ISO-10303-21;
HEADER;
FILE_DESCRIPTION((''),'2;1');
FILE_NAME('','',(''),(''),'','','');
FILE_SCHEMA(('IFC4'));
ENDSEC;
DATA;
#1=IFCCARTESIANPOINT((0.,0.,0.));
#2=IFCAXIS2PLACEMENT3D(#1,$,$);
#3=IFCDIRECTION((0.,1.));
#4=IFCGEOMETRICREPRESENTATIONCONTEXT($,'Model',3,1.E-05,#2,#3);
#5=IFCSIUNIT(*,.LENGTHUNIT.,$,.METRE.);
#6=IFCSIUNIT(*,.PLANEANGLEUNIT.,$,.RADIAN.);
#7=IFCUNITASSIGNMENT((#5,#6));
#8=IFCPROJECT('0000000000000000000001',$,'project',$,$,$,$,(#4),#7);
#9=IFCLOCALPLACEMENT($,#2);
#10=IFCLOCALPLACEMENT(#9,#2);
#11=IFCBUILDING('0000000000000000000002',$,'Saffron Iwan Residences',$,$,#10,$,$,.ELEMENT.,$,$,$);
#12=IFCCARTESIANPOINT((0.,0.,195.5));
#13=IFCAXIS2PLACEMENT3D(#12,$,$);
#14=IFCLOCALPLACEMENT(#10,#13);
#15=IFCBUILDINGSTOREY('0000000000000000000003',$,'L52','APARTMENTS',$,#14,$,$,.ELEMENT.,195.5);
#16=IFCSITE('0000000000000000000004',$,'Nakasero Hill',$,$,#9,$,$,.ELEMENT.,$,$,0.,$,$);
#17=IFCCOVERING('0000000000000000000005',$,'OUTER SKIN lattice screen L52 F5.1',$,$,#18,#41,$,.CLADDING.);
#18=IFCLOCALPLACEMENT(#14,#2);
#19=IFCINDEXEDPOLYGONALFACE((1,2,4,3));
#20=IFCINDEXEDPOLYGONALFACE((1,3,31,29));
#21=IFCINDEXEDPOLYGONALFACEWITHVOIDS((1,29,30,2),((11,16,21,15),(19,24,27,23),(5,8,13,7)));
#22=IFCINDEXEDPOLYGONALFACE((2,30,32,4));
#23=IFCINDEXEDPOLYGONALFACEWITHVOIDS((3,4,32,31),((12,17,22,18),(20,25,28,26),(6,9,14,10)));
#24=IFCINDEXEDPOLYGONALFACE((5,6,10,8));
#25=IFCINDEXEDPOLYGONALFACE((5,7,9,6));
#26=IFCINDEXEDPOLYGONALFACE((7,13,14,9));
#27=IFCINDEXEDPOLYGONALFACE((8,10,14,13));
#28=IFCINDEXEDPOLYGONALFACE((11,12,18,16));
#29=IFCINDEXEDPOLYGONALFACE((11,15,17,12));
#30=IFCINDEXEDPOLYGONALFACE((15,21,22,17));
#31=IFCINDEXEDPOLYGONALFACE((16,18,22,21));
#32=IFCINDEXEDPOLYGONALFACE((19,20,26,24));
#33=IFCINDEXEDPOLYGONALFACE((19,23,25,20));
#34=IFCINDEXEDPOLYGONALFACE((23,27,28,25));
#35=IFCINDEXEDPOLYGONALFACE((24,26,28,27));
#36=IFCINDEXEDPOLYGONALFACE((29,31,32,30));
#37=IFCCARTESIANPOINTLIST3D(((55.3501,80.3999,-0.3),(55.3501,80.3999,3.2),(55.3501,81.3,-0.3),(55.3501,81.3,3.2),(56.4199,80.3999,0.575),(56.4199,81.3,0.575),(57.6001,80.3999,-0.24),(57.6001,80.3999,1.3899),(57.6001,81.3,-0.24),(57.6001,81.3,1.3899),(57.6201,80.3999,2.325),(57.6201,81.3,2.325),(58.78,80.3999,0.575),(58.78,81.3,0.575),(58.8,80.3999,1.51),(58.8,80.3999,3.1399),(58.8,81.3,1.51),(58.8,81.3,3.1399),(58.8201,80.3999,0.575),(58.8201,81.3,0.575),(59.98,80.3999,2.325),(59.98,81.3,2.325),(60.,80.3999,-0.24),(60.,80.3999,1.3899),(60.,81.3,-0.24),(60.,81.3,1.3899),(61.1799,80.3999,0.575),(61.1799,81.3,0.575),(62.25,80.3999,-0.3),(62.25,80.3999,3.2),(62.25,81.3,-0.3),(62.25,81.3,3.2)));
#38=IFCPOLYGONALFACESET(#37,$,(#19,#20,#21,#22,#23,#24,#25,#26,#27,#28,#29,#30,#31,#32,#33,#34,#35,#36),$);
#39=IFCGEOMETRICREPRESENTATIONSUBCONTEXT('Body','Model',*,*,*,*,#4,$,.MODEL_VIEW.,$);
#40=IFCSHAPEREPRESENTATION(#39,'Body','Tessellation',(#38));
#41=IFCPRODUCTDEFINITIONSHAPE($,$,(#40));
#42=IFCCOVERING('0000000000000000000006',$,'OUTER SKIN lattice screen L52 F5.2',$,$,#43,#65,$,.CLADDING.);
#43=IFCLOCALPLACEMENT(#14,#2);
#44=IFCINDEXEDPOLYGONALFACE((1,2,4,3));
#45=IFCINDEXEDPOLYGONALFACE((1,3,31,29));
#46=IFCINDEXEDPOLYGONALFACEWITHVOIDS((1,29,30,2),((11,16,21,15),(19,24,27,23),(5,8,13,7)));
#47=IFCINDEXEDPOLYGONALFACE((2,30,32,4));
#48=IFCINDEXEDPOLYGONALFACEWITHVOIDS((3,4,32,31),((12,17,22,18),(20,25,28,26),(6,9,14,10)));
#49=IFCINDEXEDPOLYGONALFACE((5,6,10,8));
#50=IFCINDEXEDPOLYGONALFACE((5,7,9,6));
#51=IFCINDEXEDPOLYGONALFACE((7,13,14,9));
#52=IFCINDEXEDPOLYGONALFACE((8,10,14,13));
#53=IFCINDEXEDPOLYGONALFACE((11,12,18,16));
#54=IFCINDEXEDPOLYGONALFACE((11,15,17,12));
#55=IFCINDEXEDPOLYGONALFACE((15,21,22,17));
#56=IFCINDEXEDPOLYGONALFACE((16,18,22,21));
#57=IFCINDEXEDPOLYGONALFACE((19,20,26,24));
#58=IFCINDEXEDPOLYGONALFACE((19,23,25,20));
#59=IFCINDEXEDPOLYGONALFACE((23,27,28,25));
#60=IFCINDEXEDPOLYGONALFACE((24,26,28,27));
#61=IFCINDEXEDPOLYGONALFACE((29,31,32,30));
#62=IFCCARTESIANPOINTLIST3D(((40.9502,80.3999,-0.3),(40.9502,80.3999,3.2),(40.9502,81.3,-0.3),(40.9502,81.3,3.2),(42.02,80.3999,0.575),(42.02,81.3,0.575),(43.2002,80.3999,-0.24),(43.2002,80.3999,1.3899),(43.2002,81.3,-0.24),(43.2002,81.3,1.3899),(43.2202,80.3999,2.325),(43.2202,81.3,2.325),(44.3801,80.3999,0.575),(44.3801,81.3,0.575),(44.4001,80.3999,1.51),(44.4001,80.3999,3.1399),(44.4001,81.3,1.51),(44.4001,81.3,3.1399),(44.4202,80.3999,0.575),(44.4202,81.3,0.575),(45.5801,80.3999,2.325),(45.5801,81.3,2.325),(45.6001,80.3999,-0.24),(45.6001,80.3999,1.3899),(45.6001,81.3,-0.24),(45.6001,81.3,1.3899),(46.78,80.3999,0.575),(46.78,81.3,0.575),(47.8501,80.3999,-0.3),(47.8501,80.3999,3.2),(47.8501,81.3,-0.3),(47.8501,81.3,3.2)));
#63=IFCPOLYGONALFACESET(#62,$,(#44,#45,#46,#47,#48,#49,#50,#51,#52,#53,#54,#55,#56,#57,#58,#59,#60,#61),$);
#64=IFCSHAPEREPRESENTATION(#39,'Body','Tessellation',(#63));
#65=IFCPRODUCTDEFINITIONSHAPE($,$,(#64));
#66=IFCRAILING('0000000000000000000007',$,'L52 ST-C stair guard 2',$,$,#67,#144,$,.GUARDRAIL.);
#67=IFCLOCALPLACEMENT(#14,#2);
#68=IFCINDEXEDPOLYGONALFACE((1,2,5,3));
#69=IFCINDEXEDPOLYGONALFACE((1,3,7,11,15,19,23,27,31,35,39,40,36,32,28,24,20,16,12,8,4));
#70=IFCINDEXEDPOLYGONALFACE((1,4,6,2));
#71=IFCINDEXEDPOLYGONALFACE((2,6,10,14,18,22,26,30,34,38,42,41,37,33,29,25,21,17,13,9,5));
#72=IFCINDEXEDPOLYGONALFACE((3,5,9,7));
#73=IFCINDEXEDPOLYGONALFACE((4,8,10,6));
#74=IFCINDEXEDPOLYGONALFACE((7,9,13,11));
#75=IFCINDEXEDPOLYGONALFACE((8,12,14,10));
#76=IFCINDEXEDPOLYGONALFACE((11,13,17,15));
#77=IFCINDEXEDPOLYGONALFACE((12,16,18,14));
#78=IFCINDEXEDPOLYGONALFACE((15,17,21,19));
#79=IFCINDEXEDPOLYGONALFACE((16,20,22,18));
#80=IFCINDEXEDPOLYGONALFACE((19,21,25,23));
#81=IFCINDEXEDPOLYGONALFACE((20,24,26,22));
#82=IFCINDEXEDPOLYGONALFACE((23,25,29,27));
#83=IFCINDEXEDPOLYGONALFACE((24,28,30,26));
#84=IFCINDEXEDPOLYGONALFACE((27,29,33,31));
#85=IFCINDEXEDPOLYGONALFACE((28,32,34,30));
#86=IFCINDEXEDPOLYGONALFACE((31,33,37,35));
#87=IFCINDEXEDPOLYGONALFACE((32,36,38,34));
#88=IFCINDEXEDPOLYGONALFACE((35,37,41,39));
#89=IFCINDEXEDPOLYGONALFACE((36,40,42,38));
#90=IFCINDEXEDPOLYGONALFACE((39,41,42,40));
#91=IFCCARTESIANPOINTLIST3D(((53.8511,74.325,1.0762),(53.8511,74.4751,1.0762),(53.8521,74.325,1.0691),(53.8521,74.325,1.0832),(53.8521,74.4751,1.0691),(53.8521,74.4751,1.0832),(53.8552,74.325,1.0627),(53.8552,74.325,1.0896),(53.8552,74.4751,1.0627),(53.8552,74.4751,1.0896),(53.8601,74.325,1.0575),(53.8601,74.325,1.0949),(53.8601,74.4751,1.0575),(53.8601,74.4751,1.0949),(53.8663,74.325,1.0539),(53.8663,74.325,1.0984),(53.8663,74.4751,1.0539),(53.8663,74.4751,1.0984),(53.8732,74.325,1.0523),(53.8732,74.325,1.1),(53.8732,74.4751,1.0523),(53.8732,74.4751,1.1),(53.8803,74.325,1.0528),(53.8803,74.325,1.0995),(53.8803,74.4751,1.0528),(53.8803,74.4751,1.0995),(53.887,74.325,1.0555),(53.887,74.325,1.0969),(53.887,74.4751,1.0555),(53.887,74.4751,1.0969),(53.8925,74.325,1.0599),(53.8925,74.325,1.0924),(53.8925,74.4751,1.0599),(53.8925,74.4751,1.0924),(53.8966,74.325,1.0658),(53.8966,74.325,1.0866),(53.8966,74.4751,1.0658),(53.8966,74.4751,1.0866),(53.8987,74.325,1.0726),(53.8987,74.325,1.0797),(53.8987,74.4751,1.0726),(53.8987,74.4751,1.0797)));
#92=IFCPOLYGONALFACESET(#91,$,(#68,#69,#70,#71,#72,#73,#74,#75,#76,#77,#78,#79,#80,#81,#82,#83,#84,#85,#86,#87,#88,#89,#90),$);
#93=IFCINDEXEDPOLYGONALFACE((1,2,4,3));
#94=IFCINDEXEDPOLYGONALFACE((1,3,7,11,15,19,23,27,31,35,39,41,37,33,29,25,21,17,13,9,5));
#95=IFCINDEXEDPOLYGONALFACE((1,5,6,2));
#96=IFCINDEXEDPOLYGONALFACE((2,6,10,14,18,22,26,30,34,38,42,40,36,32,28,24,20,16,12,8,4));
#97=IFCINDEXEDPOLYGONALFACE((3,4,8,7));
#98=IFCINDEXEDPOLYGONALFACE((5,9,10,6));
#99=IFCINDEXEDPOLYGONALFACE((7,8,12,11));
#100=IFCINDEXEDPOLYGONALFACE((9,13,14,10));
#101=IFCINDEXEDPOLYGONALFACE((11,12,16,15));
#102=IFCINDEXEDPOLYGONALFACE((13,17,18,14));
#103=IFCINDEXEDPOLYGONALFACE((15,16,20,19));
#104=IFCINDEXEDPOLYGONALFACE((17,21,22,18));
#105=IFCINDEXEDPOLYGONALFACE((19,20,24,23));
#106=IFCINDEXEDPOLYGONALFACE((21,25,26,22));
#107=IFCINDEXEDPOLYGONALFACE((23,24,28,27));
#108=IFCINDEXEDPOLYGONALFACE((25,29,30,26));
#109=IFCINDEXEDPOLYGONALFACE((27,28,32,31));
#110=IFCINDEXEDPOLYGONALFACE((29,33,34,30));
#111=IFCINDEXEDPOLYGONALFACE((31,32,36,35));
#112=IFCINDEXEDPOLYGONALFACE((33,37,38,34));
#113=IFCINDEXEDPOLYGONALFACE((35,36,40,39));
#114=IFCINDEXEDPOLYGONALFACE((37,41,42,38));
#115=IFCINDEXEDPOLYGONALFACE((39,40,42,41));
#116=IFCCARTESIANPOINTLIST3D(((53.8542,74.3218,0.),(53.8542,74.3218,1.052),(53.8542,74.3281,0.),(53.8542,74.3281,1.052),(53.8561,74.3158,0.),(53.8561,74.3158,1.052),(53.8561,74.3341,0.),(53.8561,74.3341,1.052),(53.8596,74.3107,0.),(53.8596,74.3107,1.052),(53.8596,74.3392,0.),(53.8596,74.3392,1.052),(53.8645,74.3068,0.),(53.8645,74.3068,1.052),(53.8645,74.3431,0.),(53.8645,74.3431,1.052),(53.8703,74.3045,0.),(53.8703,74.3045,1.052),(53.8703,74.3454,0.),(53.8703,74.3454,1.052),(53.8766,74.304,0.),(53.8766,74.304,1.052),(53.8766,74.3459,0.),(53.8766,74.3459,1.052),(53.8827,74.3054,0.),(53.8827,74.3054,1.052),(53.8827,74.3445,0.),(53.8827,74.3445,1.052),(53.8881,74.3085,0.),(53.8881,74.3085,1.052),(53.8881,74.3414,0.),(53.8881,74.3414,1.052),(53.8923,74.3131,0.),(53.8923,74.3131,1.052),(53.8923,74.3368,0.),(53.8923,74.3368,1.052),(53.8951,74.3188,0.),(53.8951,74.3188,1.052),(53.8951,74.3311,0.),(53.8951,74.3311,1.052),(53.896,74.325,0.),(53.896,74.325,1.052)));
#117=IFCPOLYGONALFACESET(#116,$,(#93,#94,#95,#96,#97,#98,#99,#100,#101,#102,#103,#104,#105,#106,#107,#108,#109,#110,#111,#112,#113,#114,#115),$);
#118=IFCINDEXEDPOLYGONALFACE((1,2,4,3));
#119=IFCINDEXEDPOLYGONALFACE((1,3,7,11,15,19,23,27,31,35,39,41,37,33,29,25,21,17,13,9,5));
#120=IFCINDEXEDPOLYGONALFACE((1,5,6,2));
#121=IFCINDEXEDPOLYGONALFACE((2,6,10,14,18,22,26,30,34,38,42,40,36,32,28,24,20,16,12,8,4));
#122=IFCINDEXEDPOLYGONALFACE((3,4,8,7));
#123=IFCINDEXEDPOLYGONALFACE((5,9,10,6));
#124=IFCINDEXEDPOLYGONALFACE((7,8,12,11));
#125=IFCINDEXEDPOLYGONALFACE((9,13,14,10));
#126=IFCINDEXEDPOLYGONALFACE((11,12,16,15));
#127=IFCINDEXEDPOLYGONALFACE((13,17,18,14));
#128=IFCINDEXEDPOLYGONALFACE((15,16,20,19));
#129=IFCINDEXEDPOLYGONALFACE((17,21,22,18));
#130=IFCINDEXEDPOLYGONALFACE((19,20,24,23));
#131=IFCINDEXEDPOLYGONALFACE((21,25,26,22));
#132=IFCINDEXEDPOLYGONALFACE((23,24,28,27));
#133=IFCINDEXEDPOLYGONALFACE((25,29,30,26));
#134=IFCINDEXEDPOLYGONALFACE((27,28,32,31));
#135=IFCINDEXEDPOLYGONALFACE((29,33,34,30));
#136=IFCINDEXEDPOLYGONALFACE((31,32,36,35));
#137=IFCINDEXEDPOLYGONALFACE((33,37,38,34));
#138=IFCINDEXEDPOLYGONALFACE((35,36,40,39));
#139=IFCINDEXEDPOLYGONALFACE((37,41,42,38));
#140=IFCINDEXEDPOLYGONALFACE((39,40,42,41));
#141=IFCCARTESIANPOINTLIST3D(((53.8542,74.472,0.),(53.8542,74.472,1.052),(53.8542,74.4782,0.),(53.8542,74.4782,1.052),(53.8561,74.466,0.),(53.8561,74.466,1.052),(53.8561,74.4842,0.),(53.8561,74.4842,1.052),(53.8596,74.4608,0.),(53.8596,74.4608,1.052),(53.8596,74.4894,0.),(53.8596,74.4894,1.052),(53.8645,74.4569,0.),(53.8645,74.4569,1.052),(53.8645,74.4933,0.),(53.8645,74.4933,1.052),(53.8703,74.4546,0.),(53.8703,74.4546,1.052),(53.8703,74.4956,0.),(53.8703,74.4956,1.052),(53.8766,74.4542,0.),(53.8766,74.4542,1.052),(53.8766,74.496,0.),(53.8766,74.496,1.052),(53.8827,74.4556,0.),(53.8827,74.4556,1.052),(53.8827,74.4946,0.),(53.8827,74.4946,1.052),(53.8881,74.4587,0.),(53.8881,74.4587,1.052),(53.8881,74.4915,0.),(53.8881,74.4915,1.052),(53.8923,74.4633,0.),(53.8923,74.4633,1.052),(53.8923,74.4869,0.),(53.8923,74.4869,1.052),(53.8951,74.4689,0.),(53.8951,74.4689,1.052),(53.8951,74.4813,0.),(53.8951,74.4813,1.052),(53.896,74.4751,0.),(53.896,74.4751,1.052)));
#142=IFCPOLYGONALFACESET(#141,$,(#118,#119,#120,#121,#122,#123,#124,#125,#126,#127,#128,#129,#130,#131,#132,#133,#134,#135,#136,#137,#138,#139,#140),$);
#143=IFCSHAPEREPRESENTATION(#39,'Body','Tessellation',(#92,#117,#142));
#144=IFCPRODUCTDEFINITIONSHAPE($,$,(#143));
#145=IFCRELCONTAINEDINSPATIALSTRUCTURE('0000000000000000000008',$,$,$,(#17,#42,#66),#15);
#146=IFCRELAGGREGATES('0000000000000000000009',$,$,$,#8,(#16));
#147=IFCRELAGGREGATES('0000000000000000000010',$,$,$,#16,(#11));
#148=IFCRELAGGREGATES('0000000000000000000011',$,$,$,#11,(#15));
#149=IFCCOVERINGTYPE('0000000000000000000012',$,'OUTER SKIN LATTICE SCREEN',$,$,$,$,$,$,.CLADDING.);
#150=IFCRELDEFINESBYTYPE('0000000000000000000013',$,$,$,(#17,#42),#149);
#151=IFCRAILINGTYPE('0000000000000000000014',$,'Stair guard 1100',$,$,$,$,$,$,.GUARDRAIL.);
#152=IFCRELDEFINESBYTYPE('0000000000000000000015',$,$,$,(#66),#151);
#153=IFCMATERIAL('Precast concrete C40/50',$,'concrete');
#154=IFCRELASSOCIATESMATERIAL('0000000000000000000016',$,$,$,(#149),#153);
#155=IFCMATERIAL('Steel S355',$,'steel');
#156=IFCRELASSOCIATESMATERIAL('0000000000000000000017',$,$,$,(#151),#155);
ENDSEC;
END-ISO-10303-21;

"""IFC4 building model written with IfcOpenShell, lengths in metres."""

from ifc_helpers import new_model, si_unit, direction, frame, origin, origin_2d, place, context, subcontext, project, spatial, polyline, circle, outline, extrude, material, type_object, element, save


model = new_model("IFC4")

# Units and contexts
model_context = context("Model", 3, precision=1e-05, world=origin(), true_north=direction((0.0, 1.0)))
body_context = subcontext(model_context, "Body", "Model", "MODEL_VIEW")
ifc_project = project(units=[si_unit("LENGTHUNIT", "METRE"), si_unit("PLANEANGLEUNIT", "RADIAN")], contexts=[model_context])

# Site, building, storey
site_placement = place(None, origin())
site = spatial("IfcSite", under=ifc_project, at=site_placement, Name="Nakasero Hill", CompositionType="ELEMENT", RefElevation=0.0)
building_placement = place(site_placement, origin())
building = spatial("IfcBuilding", under=site, at=building_placement, Name="Saffron Iwan Residences", CompositionType="ELEMENT")
storey_placement = place(building_placement, frame((0.0, 0.0, 195.5)))
storey = spatial("IfcBuildingStorey", under=building, at=storey_placement, Name="L52", Description="APARTMENTS", CompositionType="ELEMENT", Elevation=195.5)

# Coverings
ifc_material_1 = material(Name="Precast concrete C40/50", Category="concrete")
covering_type_1 = type_object("IfcCoveringType", Name="OUTER SKIN LATTICE SCREEN", PredefinedType="CLADDING", material=ifc_material_1)
for number, where, z_axis, x_axis, name in (
    (1, (62.25, 80.3999, -0.3), (0.0, 1.0, 0.0), (-1.0, 0.0, 0.0), "OUTER SKIN lattice screen L52 F5.1"),
    (2, (47.8501, 80.3999, -0.3), (0.0, 1.0, 0.0), (-1.0, 0.0, 0.0), "OUTER SKIN lattice screen L52 F5.2"),
):
    element("IfcCovering", number, at=place(storey_placement, frame(where, z_axis=z_axis, x_axis=x_axis)), inside=storey, type_object=covering_type_1, Name=name, PredefinedType="CLADDING", context=body_context, shape_type="SweptSolid", body=[
        extrude(outline(polyline([(0.0, 0.0), (6.8999, 0.0), (6.8999, 3.5), (0.0, 3.5), (0.0, 0.0)]), holes=[polyline([(1.0701, 0.875), (2.25, 0.0601), (3.4299, 0.875), (2.25, 1.6899), (1.0701, 0.875)]), polyline([(3.47, 0.875), (4.6499, 0.0601), (5.8301, 0.875), (4.6499, 1.6899), (3.47, 0.875)]), polyline([(2.27, 2.625), (3.45, 1.8101), (4.6299, 2.625), (3.45, 3.4399), (2.27, 2.625)])]), origin(), (0.0, 0.0, 1.0), 0.9001),
    ])

# Railing
ifc_material_2 = material(Name="Steel S355", Category="steel")
railing_type_1 = type_object("IfcRailingType", Name="Stair guard 1100", PredefinedType="GUARDRAIL", material=ifc_material_2)
railing_1_placement = place(storey_placement, frame((53.875, 74.325, 0.0)))
element("IfcRailing", 3, at=railing_1_placement, inside=storey, type_object=railing_type_1, Name="L52 ST-C stair guard 2", PredefinedType="GUARDRAIL", context=body_context, shape_type="SweptSolid", body=[
    extrude(circle(Radius=0.0239, at=origin_2d()), frame((0.0, 0.0, 1.0762), z_axis=(0.0, 1.0, 0.0), x_axis=(-1.0, 0.0, 0.0)), (0.0, 0.0, 1.0), 0.1501),
    extrude(circle(Radius=0.021, at=origin_2d()), origin(), (0.0, 0.0, 1.0), 1.052),
    extrude(circle(Radius=0.021, at=origin_2d()), frame((0.0, 0.1501, 0.0)), (0.0, 0.0, 1.0), 1.052),
])

save(model, "model.ifc")
